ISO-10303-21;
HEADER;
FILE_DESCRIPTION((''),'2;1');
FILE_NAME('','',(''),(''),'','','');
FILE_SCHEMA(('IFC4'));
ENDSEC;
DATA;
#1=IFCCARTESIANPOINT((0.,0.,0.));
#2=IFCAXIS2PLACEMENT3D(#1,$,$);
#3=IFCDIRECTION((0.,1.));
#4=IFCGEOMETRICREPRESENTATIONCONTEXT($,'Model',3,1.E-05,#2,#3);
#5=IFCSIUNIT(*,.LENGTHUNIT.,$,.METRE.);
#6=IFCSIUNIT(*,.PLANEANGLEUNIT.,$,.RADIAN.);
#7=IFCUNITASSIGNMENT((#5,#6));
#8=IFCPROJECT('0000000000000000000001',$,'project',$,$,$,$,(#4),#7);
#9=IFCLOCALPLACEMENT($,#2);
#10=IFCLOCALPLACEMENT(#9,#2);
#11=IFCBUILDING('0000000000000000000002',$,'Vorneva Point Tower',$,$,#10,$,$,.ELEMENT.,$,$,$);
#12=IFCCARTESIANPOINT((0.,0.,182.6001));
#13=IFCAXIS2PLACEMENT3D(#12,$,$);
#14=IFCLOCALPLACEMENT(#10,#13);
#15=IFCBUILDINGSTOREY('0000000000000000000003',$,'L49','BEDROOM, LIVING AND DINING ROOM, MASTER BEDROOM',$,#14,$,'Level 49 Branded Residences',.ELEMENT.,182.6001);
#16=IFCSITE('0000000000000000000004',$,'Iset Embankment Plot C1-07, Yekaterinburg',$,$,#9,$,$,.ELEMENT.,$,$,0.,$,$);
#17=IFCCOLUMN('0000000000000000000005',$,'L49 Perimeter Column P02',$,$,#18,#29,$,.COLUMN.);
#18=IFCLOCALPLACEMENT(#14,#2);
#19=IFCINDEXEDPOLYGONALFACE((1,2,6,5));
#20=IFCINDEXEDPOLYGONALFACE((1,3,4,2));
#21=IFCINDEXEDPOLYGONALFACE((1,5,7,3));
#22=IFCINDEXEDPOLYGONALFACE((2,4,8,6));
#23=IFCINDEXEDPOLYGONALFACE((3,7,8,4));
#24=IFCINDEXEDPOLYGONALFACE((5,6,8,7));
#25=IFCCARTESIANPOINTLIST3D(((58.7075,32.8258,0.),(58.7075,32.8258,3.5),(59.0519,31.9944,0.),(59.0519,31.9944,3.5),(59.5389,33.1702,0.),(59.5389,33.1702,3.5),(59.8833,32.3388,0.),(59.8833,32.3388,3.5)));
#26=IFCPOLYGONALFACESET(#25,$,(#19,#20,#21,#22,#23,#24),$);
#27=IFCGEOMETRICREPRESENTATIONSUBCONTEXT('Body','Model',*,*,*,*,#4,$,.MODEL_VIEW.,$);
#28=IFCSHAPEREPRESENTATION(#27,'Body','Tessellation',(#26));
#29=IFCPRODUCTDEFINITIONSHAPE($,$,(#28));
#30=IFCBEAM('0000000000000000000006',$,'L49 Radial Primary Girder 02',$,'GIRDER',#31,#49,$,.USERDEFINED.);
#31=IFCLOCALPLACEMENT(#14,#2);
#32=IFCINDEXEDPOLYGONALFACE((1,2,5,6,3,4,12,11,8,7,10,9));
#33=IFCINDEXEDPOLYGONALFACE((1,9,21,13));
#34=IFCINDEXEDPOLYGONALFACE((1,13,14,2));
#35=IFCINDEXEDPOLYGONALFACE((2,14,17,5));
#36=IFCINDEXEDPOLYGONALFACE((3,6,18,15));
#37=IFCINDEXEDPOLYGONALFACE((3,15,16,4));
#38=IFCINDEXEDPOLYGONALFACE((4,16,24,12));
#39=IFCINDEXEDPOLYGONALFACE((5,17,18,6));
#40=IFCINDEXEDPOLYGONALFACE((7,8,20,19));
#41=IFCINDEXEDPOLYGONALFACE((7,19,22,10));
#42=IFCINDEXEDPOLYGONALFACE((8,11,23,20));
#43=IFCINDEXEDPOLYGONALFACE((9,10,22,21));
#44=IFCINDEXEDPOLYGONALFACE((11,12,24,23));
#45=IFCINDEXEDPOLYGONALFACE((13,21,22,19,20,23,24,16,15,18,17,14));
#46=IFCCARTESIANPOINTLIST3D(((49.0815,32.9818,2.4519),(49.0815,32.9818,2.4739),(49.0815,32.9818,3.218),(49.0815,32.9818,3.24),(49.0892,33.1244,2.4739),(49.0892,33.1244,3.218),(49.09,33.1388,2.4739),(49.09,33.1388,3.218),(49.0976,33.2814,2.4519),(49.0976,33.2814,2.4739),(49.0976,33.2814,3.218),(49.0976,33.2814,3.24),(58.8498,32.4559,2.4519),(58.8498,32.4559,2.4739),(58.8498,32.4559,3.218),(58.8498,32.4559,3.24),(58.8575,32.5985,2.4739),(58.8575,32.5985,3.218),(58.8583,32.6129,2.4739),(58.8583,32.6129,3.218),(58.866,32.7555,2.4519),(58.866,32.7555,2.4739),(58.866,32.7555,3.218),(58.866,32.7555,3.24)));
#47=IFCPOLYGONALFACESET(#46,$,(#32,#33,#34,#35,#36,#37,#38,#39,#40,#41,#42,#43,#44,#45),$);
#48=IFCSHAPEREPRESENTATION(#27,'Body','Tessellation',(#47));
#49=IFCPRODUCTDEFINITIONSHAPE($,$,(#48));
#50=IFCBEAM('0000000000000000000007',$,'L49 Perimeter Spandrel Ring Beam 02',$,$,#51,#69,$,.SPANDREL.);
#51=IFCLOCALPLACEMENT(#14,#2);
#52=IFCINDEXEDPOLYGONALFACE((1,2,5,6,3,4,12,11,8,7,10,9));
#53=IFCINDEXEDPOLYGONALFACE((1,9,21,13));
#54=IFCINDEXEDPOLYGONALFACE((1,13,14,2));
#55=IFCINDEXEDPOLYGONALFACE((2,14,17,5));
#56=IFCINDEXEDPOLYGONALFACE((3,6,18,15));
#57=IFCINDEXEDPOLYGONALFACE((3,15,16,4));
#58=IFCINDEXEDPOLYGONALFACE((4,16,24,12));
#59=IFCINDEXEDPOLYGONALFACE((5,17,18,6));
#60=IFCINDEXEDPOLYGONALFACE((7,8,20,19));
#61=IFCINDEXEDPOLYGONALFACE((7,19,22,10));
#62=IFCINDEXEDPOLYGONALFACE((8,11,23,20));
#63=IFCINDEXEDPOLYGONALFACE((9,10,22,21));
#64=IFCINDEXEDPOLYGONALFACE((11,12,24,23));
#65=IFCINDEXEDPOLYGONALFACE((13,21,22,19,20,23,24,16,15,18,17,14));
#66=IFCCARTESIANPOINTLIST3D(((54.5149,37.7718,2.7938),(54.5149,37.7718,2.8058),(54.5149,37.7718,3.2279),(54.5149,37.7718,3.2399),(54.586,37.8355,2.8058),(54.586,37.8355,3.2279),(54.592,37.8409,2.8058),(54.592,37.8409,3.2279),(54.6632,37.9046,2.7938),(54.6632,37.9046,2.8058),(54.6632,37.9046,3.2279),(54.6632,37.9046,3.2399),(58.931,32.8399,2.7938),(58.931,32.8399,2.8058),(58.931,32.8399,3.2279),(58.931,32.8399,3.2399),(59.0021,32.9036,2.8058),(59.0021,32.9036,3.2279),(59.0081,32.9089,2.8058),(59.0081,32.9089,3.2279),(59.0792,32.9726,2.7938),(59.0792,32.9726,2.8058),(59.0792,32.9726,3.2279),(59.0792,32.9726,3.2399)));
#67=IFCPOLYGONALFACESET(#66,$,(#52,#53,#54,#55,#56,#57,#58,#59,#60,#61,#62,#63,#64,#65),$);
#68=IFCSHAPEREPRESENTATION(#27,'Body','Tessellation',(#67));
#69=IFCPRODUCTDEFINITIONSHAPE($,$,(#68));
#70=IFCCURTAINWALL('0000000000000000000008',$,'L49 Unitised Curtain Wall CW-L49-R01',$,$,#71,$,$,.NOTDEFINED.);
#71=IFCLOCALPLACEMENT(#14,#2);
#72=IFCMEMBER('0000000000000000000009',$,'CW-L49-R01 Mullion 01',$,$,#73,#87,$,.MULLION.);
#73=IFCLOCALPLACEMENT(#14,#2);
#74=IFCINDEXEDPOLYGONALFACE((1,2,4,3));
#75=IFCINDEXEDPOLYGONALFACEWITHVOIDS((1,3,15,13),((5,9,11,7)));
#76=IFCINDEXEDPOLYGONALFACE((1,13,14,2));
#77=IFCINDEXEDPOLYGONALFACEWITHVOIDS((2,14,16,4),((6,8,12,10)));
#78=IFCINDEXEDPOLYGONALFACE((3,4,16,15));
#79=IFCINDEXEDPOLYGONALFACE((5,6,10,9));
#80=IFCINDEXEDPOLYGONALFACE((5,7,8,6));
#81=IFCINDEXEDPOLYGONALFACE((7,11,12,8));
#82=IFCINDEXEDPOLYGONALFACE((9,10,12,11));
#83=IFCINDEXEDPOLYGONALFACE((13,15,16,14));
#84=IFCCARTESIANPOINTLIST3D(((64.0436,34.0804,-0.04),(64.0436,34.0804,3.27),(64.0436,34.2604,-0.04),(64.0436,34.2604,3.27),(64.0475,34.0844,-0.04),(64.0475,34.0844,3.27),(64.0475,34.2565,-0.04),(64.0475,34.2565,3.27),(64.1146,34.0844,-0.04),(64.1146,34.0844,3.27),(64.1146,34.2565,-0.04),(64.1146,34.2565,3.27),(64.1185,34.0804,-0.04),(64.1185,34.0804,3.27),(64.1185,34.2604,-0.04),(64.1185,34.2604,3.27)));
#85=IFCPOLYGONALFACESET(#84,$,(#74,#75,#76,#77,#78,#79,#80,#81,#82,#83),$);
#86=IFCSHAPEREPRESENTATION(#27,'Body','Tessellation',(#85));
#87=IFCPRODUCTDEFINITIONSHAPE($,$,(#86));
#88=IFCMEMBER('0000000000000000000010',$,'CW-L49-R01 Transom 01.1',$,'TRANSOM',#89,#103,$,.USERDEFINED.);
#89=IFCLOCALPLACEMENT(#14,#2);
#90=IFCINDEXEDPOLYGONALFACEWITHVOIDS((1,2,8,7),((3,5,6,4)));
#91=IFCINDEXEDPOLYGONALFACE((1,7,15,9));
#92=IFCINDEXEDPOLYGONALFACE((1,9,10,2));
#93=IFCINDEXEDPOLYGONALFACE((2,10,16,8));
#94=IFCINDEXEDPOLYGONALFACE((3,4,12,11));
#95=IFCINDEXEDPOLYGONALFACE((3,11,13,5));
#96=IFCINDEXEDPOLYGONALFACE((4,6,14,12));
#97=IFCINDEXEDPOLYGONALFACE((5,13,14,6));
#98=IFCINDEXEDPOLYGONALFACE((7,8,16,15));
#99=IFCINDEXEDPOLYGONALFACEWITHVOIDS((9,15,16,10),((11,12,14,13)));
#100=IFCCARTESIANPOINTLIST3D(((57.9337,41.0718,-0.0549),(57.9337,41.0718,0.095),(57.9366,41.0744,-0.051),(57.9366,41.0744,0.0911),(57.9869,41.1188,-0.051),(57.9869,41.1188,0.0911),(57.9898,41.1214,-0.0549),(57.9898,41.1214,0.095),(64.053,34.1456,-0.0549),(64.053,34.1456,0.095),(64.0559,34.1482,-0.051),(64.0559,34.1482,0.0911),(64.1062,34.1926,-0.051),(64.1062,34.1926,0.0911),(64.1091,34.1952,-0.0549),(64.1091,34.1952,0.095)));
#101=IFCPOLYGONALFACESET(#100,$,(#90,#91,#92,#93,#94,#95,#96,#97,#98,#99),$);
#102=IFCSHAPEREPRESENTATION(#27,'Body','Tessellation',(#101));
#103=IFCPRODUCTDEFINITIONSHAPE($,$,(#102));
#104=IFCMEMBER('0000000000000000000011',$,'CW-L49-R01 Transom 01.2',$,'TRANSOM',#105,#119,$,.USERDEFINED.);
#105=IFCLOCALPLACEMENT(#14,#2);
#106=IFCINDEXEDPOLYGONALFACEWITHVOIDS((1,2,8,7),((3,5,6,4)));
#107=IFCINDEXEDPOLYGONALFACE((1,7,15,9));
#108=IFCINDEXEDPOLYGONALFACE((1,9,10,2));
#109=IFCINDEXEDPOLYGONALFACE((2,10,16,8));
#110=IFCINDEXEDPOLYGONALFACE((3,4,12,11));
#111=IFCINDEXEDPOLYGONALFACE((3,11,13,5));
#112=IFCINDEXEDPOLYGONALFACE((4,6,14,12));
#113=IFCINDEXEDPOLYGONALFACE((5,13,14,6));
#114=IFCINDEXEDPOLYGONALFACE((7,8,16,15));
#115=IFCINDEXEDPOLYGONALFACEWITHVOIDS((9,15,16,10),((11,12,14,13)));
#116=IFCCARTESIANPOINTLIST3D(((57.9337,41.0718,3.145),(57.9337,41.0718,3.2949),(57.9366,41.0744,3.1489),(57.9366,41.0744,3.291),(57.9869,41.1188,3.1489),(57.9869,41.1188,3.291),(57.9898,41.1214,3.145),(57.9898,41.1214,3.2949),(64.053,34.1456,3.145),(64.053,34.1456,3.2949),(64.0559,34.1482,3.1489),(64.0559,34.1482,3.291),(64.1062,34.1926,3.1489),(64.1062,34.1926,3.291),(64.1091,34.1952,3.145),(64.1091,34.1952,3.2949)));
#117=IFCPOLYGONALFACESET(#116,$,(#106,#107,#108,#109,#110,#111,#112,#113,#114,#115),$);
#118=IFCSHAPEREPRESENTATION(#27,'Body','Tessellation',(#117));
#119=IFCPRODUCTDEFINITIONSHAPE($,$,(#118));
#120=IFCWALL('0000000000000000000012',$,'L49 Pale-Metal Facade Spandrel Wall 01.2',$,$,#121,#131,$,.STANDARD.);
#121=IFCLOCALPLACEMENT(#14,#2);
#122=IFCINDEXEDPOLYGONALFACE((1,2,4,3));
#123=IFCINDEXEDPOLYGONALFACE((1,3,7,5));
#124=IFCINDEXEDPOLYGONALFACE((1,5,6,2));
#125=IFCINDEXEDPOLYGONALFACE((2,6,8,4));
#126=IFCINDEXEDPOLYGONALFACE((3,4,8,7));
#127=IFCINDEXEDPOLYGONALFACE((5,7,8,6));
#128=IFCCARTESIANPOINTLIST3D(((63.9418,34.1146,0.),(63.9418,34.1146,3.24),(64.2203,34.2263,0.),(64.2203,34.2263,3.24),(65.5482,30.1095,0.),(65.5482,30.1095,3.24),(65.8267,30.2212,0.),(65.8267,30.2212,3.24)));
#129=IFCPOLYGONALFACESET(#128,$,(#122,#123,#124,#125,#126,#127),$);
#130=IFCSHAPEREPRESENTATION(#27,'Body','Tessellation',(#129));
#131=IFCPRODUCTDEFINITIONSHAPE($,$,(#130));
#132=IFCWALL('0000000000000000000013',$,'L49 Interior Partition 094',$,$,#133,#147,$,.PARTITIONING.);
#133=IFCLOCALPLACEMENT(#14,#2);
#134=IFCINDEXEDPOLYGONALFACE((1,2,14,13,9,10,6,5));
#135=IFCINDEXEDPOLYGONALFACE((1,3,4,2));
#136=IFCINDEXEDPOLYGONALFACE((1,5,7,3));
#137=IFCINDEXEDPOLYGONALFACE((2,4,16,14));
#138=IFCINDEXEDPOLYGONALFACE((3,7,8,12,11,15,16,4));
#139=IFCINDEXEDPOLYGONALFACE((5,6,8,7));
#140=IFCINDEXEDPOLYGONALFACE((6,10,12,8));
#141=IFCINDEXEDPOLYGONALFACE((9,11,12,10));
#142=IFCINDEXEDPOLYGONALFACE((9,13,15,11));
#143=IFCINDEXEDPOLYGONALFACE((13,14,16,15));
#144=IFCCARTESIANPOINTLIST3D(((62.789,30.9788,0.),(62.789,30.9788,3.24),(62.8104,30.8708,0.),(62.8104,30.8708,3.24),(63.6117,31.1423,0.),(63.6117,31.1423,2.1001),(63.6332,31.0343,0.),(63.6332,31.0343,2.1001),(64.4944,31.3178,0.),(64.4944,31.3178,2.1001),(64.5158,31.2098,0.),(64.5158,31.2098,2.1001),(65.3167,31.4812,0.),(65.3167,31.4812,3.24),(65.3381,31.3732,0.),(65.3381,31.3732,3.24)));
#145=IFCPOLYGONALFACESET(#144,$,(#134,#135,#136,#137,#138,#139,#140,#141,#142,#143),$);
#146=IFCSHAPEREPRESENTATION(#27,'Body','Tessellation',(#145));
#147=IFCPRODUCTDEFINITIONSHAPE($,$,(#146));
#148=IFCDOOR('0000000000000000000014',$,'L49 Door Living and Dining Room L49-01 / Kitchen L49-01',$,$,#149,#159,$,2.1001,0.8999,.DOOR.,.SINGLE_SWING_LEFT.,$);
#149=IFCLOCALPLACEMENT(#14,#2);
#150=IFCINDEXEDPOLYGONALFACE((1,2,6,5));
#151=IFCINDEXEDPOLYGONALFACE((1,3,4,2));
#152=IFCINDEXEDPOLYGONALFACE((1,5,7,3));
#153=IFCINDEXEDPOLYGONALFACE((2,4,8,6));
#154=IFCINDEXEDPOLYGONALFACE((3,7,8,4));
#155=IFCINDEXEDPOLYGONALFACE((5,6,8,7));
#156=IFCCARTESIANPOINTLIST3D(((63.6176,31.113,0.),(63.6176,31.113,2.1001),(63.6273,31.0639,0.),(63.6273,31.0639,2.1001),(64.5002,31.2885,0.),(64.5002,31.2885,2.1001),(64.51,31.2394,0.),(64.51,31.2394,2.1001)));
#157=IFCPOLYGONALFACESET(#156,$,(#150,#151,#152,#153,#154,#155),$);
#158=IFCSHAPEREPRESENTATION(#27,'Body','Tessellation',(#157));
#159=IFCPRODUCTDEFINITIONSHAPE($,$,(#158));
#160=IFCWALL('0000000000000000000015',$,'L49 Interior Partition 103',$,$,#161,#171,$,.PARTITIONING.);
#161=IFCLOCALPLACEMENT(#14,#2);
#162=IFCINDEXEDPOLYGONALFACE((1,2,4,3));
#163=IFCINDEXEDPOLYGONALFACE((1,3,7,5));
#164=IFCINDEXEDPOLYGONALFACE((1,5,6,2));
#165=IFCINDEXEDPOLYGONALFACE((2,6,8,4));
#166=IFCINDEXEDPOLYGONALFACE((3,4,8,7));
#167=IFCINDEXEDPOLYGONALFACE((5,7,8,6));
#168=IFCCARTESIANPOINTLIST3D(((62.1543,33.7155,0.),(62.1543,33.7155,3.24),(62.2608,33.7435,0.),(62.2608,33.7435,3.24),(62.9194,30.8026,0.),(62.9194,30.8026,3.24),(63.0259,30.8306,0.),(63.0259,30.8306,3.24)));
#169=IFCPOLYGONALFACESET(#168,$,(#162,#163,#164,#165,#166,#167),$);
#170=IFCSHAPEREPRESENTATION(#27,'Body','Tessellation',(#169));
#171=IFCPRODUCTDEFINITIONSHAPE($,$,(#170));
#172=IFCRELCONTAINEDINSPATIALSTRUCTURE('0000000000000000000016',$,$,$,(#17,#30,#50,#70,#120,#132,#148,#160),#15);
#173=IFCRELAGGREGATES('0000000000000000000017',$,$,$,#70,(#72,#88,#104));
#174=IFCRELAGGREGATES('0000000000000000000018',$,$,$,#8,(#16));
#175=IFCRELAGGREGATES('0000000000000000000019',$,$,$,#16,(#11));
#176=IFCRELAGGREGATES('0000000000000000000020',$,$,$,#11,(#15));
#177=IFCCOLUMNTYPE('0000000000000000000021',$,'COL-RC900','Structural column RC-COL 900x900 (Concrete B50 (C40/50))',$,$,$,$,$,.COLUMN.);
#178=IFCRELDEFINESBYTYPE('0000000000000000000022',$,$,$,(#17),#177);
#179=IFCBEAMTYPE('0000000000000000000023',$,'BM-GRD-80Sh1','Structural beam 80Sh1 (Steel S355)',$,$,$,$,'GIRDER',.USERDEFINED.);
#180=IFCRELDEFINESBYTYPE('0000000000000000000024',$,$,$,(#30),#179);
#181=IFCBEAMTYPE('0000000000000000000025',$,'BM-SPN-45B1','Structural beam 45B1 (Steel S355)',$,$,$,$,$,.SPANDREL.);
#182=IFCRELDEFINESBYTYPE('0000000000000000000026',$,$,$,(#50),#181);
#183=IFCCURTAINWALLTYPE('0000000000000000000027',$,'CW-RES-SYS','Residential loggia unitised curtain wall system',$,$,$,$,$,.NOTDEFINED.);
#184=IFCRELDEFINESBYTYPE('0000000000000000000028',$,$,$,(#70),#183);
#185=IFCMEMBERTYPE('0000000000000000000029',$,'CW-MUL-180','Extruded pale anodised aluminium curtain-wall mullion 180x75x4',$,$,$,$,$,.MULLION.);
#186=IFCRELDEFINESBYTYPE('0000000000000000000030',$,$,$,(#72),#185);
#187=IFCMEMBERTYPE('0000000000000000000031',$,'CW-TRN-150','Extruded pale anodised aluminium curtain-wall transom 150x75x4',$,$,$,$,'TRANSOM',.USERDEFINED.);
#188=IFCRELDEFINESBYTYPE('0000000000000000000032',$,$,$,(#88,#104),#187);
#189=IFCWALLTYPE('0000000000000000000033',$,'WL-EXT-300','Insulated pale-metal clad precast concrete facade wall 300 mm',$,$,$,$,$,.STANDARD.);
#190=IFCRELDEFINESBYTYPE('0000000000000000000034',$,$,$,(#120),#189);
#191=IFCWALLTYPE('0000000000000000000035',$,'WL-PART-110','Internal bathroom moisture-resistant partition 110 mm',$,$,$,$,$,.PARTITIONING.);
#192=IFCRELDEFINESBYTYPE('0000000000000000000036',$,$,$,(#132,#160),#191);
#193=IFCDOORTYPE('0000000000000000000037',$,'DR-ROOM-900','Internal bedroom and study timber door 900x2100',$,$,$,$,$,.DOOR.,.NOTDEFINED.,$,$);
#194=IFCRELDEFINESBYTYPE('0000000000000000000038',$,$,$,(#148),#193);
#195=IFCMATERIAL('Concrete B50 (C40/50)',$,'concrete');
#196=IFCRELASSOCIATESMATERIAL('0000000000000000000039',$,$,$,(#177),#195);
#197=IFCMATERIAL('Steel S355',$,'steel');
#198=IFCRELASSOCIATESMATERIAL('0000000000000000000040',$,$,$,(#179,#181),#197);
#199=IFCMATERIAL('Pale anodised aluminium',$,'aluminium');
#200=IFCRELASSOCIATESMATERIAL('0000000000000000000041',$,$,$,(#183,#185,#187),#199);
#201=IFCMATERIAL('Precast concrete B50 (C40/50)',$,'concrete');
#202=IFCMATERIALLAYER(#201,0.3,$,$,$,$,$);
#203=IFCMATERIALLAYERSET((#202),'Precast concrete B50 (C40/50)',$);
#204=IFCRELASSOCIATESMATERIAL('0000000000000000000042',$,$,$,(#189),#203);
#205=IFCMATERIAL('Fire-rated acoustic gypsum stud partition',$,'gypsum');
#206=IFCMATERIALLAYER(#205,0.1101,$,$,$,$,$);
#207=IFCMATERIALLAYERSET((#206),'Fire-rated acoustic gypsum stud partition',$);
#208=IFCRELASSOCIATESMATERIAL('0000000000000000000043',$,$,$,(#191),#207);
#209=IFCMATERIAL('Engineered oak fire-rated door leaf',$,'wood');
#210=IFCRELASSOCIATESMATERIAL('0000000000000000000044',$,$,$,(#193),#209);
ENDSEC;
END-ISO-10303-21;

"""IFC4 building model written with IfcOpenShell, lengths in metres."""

from ifc_helpers import new_model, si_unit, direction, frame, frame_2d, origin, origin_2d, place, context, subcontext, project, spatial, rectangle, hollow_rectangle, i_section, extrude, material, layer, layer_set, material_profile, profile_set, type_object, element, fill, aggregate, save


model = new_model("IFC4")

# Units and contexts
model_context = context("Model", 3, precision=1e-05, world=origin(), true_north=direction((0.0, 1.0)))
body_context = subcontext(model_context, "Body", "Model", "MODEL_VIEW")
ifc_project = project(units=[si_unit("LENGTHUNIT", "METRE"), si_unit("PLANEANGLEUNIT", "RADIAN")], contexts=[model_context])

# Site, building, storey
site_placement = place(None, origin())
site = spatial("IfcSite", under=ifc_project, at=site_placement, Name="Iset Embankment Plot C1-07, Yekaterinburg", CompositionType="ELEMENT", RefElevation=0.0)
building_placement = place(site_placement, origin())
building = spatial("IfcBuilding", under=site, at=building_placement, Name="Vorneva Point Tower", CompositionType="ELEMENT")
storey_placement = place(building_placement, frame((0.0, 0.0, 182.6001)))
storey = spatial("IfcBuildingStorey", under=building, at=storey_placement, Name="L49", Description="BEDROOM, LIVING AND DINING ROOM, MASTER BEDROOM", LongName="Level 49 Branded Residences", CompositionType="ELEMENT", Elevation=182.6001)

# Column
ifc_material_1 = material(Name="Concrete B50 (C40/50)", Category="concrete")
ifc_material_profile_1 = material_profile(ifc_material_1, rectangle(XDim=0.8999, YDim=0.8999, at=origin_2d()), Name="RC-COL 900x900")
ifc_profile_set_1 = profile_set([ifc_material_profile_1], Name="Concrete B50 (C40/50)")
column_type = type_object("IfcColumnType", Name="COL-RC900", Description="Structural column RC-COL 900x900 (Concrete B50 (C40/50))", PredefinedType="COLUMN", material=ifc_profile_set_1)
column_placement = place(storey_placement, frame((59.2954, 32.5823, 0.0), z_axis=(0.0, 0.0, 1.0), x_axis=(0.92388, 0.382683, 0.0)))
element("IfcColumn", 1, at=column_placement, inside=storey, type_object=column_type, Name="L49 Perimeter Column P02", PredefinedType="COLUMN", context=body_context, shape_type="SweptSolid", body=[
    extrude(rectangle(XDim=0.8999, YDim=0.8999, at=origin_2d()), origin(), (0.0, 0.0, 1.0), 3.5),
])

# Beams
ifc_material_2 = material(Name="Steel S355", Category="steel")
ifc_material_profile_2 = material_profile(ifc_material_2, i_section(OverallWidth=0.3, OverallDepth=0.7881, WebThickness=0.0144, FlangeThickness=0.022, at=origin_2d()), Name="80Sh1")
ifc_profile_set_2 = profile_set([ifc_material_profile_2], Name="Steel S355")
beam_type_1 = type_object("IfcBeamType", Name="BM-GRD-80Sh1", Description="Structural beam 80Sh1 (Steel S355)", ElementType="GIRDER", PredefinedType="USERDEFINED", material=ifc_profile_set_2)
beam_1_placement = place(storey_placement, frame((58.8579, 32.6057, 2.8459), z_axis=(-0.998554, 0.053757, 0.0), x_axis=(-0.053757, -0.998554, 0.0)))
element("IfcBeam", 2, at=beam_1_placement, inside=storey, type_object=beam_type_1, Name="L49 Radial Primary Girder 02", ObjectType="GIRDER", PredefinedType="USERDEFINED", context=body_context, shape_type="SweptSolid", body=[
    extrude(i_section(OverallWidth=0.3, OverallDepth=0.7881, WebThickness=0.0144, FlangeThickness=0.022, at=origin_2d()), origin(), (0.0, 0.0, 1.0), 9.7825),
])
ifc_material_profile_3 = material_profile(ifc_material_2, i_section(OverallWidth=0.199, OverallDepth=0.446, WebThickness=0.0081, FlangeThickness=0.012, at=origin_2d()), Name="45B1")
ifc_profile_set_3 = profile_set([ifc_material_profile_3], Name="Steel S355")
beam_type_2 = type_object("IfcBeamType", Name="BM-SPN-45B1", Description="Structural beam 45B1 (Steel S355)", PredefinedType="SPANDREL", material=ifc_profile_set_3)
beam_2_placement = place(storey_placement, frame((59.0051, 32.9062, 3.0168), z_axis=(-0.66707, 0.744995, 0.0), x_axis=(-0.744995, -0.66707, 0.0)))
element("IfcBeam", 3, at=beam_2_placement, inside=storey, type_object=beam_type_2, Name="L49 Perimeter Spandrel Ring Beam 02", PredefinedType="SPANDREL", context=body_context, shape_type="SweptSolid", body=[
    extrude(i_section(OverallWidth=0.199, OverallDepth=0.446, WebThickness=0.0081, FlangeThickness=0.012, at=origin_2d()), origin(), (0.0, 0.0, 1.0), 6.6201),
])

# Curtain wall, members
ifc_material_3 = material(Name="Pale anodised aluminium", Category="aluminium")
curtain_wall_type = type_object("IfcCurtainWallType", Name="CW-RES-SYS", Description="Residential loggia unitised curtain wall system", PredefinedType="NOTDEFINED", material=ifc_material_3)
curtain_wall_placement = place(storey_placement, origin())
curtain_wall = element("IfcCurtainWall", 4, at=curtain_wall_placement, inside=storey, type_object=curtain_wall_type, Name="L49 Unitised Curtain Wall CW-L49-R01", PredefinedType="NOTDEFINED")
ifc_material_profile_4 = material_profile(ifc_material_3, hollow_rectangle(XDim=0.075, YDim=0.1799, WallThickness=0.0039, at=origin_2d()), Name="AL-MUL 180x75x4")
ifc_profile_set_4 = profile_set([ifc_material_profile_4], Name="Pale anodised aluminium")
member_type_1 = type_object("IfcMemberType", Name="CW-MUL-180", Description="Extruded pale anodised aluminium curtain-wall mullion 180x75x4", PredefinedType="MULLION", material=ifc_profile_set_4)
member_1_placement = place(storey_placement, frame((64.0811, 34.1704, -0.04), z_axis=(0.0, 0.0, 1.0), x_axis=(1.0, 0.0, 0.0)))
member_1 = element("IfcMember", 5, at=member_1_placement, type_object=member_type_1, Name="CW-L49-R01 Mullion 01", PredefinedType="MULLION", context=body_context, shape_type="SweptSolid", body=[
    extrude(hollow_rectangle(XDim=0.075, YDim=0.1799, WallThickness=0.0039, at=origin_2d()), origin(), (0.0, 0.0, 1.0), 3.3101),
])
ifc_material_profile_5 = material_profile(ifc_material_3, hollow_rectangle(XDim=0.075, YDim=0.1499, WallThickness=0.0039, at=origin_2d()), Name="AL-TRN 150x75x4")
ifc_profile_set_5 = profile_set([ifc_material_profile_5], Name="Pale anodised aluminium")
member_type_2 = type_object("IfcMemberType", Name="CW-TRN-150", Description="Extruded pale anodised aluminium curtain-wall transom 150x75x4", ElementType="TRANSOM", PredefinedType="USERDEFINED", material=ifc_profile_set_5)
member_2_placement = place(storey_placement, frame((64.0811, 34.1704, 0.02), z_axis=(-0.662106, 0.74941, 0.0), x_axis=(-0.74941, -0.662106, 0.0)))
member_2 = element("IfcMember", 6, at=member_2_placement, type_object=member_type_2, Name="CW-L49-R01 Transom 01.1", ObjectType="TRANSOM", PredefinedType="USERDEFINED", context=body_context, shape_type="SweptSolid", body=[
    extrude(hollow_rectangle(XDim=0.075, YDim=0.1499, WallThickness=0.0039, at=origin_2d()), origin(), (0.0, 0.0, 1.0), 9.2422),
])
member_3_placement = place(storey_placement, frame((64.0811, 34.1704, 3.22), z_axis=(-0.662106, 0.74941, 0.0), x_axis=(-0.74941, -0.662106, 0.0)))
member_3 = element("IfcMember", 7, at=member_3_placement, type_object=member_type_2, Name="CW-L49-R01 Transom 01.2", ObjectType="TRANSOM", PredefinedType="USERDEFINED", context=body_context, shape_type="SweptSolid", body=[
    extrude(hollow_rectangle(XDim=0.075, YDim=0.1499, WallThickness=0.0039, at=origin_2d()), origin(), (0.0, 0.0, 1.0), 9.2422),
])
aggregate(curtain_wall, [member_1, member_2, member_3])

# Wall
ifc_material_4 = material(Name="Precast concrete B50 (C40/50)", Category="concrete")
ifc_layer_1 = layer(ifc_material_4, 0.3)
ifc_layer_set_1 = layer_set([ifc_layer_1], Name="Precast concrete B50 (C40/50)")
wall_type_1 = type_object("IfcWallType", Name="WL-EXT-300", Description="Insulated pale-metal clad precast concrete facade wall 300 mm", PredefinedType="STANDARD", material=ifc_layer_set_1)
wall_1_placement = place(storey_placement, frame((65.6875, 30.1653, 0.0), z_axis=(0.0, 0.0, 1.0), x_axis=(-0.372268, 0.928125, 0.0)))
element("IfcWall", 8, at=wall_1_placement, inside=storey, type_object=wall_type_1, Name="L49 Pale-Metal Facade Spandrel Wall 01.2", PredefinedType="STANDARD", context=body_context, shape_type="SweptSolid", body=[
    extrude(rectangle(XDim=4.3152, YDim=0.3, at=frame_2d((2.1577, 0.0))), origin(), (0.0, 0.0, 1.0), 3.24),
])

# Wall, opening, door
ifc_material_5 = material(Name="Fire-rated acoustic gypsum stud partition", Category="gypsum")
ifc_layer_2 = layer(ifc_material_5, 0.1101)
ifc_layer_set_2 = layer_set([ifc_layer_2], Name="Fire-rated acoustic gypsum stud partition")
wall_type_2 = type_object("IfcWallType", Name="WL-PART-110", Description="Internal bathroom moisture-resistant partition 110 mm", PredefinedType="PARTITIONING", material=ifc_layer_set_2)
wall_2_placement = place(storey_placement, frame((65.3274, 31.4272, 0.0), z_axis=(0.0, 0.0, 1.0), x_axis=(-0.98081, -0.194968, 0.0)))
wall_2 = element("IfcWall", 9, at=wall_2_placement, inside=storey, type_object=wall_type_2, Name="L49 Interior Partition 094", PredefinedType="PARTITIONING", context=body_context, shape_type="SweptSolid", body=[
    extrude(rectangle(XDim=2.5771, YDim=0.1101, at=frame_2d((1.2886, 0.0))), origin(), (0.0, 0.0, 1.0), 3.24),
])
opening_1_placement = place(wall_2_placement, frame((0.8384, 0.0, 0.0)))
opening_1 = element("IfcOpeningElement", 10, at=opening_1_placement, cuts=wall_2, PredefinedType="OPENING", context=body_context, shape_type="SweptSolid", body=[
    extrude(rectangle(XDim=0.8999, YDim=2.1001, at=frame_2d((0.45, 1.05))), frame((0.0, 0.0698, 0.0), z_axis=(0.0, -1.0, 0.0), x_axis=(1.0, 0.0, 0.0)), (0.0, 0.0, 1.0), 0.1399),
])
ifc_material_6 = material(Name="Engineered oak fire-rated door leaf", Category="wood")
door_type_1 = type_object("IfcDoorType", Name="DR-ROOM-900", Description="Internal bedroom and study timber door 900x2100", OperationType="NOTDEFINED", PredefinedType="DOOR", material=ifc_material_6)
door_1_placement = place(opening_1_placement, origin())
door_1 = element("IfcDoor", 11, at=door_1_placement, inside=storey, type_object=door_type_1, Name="L49 Door Living and Dining Room L49-01 / Kitchen L49-01", OperationType="SINGLE_SWING_LEFT", OverallHeight=2.1001, OverallWidth=0.8999, PredefinedType="DOOR", context=body_context, shape_type="SweptSolid", body=[
    extrude(rectangle(XDim=0.8999, YDim=2.1001, at=frame_2d((0.45, 1.05))), frame((0.0, 0.0249, 0.0), z_axis=(0.0, -1.0, 0.0), x_axis=(1.0, 0.0, 0.0)), (0.0, 0.0, 1.0), 0.05),
])
fill(opening_1, door_1)

# Wall
wall_3_placement = place(storey_placement, frame((62.2075, 33.7295, 0.0), z_axis=(0.0, 0.0, 1.0), x_axis=(0.254058, -0.967189, 0.0)))
element("IfcWall", 12, at=wall_3_placement, inside=storey, type_object=wall_type_2, Name="L49 Interior Partition 103", PredefinedType="PARTITIONING", context=body_context, shape_type="SweptSolid", body=[
    extrude(rectangle(XDim=3.0117, YDim=0.1101, at=frame_2d((1.5059, 0.0))), origin(), (0.0, 0.0, 1.0), 3.24),
])

save(model, "model.ifc")
